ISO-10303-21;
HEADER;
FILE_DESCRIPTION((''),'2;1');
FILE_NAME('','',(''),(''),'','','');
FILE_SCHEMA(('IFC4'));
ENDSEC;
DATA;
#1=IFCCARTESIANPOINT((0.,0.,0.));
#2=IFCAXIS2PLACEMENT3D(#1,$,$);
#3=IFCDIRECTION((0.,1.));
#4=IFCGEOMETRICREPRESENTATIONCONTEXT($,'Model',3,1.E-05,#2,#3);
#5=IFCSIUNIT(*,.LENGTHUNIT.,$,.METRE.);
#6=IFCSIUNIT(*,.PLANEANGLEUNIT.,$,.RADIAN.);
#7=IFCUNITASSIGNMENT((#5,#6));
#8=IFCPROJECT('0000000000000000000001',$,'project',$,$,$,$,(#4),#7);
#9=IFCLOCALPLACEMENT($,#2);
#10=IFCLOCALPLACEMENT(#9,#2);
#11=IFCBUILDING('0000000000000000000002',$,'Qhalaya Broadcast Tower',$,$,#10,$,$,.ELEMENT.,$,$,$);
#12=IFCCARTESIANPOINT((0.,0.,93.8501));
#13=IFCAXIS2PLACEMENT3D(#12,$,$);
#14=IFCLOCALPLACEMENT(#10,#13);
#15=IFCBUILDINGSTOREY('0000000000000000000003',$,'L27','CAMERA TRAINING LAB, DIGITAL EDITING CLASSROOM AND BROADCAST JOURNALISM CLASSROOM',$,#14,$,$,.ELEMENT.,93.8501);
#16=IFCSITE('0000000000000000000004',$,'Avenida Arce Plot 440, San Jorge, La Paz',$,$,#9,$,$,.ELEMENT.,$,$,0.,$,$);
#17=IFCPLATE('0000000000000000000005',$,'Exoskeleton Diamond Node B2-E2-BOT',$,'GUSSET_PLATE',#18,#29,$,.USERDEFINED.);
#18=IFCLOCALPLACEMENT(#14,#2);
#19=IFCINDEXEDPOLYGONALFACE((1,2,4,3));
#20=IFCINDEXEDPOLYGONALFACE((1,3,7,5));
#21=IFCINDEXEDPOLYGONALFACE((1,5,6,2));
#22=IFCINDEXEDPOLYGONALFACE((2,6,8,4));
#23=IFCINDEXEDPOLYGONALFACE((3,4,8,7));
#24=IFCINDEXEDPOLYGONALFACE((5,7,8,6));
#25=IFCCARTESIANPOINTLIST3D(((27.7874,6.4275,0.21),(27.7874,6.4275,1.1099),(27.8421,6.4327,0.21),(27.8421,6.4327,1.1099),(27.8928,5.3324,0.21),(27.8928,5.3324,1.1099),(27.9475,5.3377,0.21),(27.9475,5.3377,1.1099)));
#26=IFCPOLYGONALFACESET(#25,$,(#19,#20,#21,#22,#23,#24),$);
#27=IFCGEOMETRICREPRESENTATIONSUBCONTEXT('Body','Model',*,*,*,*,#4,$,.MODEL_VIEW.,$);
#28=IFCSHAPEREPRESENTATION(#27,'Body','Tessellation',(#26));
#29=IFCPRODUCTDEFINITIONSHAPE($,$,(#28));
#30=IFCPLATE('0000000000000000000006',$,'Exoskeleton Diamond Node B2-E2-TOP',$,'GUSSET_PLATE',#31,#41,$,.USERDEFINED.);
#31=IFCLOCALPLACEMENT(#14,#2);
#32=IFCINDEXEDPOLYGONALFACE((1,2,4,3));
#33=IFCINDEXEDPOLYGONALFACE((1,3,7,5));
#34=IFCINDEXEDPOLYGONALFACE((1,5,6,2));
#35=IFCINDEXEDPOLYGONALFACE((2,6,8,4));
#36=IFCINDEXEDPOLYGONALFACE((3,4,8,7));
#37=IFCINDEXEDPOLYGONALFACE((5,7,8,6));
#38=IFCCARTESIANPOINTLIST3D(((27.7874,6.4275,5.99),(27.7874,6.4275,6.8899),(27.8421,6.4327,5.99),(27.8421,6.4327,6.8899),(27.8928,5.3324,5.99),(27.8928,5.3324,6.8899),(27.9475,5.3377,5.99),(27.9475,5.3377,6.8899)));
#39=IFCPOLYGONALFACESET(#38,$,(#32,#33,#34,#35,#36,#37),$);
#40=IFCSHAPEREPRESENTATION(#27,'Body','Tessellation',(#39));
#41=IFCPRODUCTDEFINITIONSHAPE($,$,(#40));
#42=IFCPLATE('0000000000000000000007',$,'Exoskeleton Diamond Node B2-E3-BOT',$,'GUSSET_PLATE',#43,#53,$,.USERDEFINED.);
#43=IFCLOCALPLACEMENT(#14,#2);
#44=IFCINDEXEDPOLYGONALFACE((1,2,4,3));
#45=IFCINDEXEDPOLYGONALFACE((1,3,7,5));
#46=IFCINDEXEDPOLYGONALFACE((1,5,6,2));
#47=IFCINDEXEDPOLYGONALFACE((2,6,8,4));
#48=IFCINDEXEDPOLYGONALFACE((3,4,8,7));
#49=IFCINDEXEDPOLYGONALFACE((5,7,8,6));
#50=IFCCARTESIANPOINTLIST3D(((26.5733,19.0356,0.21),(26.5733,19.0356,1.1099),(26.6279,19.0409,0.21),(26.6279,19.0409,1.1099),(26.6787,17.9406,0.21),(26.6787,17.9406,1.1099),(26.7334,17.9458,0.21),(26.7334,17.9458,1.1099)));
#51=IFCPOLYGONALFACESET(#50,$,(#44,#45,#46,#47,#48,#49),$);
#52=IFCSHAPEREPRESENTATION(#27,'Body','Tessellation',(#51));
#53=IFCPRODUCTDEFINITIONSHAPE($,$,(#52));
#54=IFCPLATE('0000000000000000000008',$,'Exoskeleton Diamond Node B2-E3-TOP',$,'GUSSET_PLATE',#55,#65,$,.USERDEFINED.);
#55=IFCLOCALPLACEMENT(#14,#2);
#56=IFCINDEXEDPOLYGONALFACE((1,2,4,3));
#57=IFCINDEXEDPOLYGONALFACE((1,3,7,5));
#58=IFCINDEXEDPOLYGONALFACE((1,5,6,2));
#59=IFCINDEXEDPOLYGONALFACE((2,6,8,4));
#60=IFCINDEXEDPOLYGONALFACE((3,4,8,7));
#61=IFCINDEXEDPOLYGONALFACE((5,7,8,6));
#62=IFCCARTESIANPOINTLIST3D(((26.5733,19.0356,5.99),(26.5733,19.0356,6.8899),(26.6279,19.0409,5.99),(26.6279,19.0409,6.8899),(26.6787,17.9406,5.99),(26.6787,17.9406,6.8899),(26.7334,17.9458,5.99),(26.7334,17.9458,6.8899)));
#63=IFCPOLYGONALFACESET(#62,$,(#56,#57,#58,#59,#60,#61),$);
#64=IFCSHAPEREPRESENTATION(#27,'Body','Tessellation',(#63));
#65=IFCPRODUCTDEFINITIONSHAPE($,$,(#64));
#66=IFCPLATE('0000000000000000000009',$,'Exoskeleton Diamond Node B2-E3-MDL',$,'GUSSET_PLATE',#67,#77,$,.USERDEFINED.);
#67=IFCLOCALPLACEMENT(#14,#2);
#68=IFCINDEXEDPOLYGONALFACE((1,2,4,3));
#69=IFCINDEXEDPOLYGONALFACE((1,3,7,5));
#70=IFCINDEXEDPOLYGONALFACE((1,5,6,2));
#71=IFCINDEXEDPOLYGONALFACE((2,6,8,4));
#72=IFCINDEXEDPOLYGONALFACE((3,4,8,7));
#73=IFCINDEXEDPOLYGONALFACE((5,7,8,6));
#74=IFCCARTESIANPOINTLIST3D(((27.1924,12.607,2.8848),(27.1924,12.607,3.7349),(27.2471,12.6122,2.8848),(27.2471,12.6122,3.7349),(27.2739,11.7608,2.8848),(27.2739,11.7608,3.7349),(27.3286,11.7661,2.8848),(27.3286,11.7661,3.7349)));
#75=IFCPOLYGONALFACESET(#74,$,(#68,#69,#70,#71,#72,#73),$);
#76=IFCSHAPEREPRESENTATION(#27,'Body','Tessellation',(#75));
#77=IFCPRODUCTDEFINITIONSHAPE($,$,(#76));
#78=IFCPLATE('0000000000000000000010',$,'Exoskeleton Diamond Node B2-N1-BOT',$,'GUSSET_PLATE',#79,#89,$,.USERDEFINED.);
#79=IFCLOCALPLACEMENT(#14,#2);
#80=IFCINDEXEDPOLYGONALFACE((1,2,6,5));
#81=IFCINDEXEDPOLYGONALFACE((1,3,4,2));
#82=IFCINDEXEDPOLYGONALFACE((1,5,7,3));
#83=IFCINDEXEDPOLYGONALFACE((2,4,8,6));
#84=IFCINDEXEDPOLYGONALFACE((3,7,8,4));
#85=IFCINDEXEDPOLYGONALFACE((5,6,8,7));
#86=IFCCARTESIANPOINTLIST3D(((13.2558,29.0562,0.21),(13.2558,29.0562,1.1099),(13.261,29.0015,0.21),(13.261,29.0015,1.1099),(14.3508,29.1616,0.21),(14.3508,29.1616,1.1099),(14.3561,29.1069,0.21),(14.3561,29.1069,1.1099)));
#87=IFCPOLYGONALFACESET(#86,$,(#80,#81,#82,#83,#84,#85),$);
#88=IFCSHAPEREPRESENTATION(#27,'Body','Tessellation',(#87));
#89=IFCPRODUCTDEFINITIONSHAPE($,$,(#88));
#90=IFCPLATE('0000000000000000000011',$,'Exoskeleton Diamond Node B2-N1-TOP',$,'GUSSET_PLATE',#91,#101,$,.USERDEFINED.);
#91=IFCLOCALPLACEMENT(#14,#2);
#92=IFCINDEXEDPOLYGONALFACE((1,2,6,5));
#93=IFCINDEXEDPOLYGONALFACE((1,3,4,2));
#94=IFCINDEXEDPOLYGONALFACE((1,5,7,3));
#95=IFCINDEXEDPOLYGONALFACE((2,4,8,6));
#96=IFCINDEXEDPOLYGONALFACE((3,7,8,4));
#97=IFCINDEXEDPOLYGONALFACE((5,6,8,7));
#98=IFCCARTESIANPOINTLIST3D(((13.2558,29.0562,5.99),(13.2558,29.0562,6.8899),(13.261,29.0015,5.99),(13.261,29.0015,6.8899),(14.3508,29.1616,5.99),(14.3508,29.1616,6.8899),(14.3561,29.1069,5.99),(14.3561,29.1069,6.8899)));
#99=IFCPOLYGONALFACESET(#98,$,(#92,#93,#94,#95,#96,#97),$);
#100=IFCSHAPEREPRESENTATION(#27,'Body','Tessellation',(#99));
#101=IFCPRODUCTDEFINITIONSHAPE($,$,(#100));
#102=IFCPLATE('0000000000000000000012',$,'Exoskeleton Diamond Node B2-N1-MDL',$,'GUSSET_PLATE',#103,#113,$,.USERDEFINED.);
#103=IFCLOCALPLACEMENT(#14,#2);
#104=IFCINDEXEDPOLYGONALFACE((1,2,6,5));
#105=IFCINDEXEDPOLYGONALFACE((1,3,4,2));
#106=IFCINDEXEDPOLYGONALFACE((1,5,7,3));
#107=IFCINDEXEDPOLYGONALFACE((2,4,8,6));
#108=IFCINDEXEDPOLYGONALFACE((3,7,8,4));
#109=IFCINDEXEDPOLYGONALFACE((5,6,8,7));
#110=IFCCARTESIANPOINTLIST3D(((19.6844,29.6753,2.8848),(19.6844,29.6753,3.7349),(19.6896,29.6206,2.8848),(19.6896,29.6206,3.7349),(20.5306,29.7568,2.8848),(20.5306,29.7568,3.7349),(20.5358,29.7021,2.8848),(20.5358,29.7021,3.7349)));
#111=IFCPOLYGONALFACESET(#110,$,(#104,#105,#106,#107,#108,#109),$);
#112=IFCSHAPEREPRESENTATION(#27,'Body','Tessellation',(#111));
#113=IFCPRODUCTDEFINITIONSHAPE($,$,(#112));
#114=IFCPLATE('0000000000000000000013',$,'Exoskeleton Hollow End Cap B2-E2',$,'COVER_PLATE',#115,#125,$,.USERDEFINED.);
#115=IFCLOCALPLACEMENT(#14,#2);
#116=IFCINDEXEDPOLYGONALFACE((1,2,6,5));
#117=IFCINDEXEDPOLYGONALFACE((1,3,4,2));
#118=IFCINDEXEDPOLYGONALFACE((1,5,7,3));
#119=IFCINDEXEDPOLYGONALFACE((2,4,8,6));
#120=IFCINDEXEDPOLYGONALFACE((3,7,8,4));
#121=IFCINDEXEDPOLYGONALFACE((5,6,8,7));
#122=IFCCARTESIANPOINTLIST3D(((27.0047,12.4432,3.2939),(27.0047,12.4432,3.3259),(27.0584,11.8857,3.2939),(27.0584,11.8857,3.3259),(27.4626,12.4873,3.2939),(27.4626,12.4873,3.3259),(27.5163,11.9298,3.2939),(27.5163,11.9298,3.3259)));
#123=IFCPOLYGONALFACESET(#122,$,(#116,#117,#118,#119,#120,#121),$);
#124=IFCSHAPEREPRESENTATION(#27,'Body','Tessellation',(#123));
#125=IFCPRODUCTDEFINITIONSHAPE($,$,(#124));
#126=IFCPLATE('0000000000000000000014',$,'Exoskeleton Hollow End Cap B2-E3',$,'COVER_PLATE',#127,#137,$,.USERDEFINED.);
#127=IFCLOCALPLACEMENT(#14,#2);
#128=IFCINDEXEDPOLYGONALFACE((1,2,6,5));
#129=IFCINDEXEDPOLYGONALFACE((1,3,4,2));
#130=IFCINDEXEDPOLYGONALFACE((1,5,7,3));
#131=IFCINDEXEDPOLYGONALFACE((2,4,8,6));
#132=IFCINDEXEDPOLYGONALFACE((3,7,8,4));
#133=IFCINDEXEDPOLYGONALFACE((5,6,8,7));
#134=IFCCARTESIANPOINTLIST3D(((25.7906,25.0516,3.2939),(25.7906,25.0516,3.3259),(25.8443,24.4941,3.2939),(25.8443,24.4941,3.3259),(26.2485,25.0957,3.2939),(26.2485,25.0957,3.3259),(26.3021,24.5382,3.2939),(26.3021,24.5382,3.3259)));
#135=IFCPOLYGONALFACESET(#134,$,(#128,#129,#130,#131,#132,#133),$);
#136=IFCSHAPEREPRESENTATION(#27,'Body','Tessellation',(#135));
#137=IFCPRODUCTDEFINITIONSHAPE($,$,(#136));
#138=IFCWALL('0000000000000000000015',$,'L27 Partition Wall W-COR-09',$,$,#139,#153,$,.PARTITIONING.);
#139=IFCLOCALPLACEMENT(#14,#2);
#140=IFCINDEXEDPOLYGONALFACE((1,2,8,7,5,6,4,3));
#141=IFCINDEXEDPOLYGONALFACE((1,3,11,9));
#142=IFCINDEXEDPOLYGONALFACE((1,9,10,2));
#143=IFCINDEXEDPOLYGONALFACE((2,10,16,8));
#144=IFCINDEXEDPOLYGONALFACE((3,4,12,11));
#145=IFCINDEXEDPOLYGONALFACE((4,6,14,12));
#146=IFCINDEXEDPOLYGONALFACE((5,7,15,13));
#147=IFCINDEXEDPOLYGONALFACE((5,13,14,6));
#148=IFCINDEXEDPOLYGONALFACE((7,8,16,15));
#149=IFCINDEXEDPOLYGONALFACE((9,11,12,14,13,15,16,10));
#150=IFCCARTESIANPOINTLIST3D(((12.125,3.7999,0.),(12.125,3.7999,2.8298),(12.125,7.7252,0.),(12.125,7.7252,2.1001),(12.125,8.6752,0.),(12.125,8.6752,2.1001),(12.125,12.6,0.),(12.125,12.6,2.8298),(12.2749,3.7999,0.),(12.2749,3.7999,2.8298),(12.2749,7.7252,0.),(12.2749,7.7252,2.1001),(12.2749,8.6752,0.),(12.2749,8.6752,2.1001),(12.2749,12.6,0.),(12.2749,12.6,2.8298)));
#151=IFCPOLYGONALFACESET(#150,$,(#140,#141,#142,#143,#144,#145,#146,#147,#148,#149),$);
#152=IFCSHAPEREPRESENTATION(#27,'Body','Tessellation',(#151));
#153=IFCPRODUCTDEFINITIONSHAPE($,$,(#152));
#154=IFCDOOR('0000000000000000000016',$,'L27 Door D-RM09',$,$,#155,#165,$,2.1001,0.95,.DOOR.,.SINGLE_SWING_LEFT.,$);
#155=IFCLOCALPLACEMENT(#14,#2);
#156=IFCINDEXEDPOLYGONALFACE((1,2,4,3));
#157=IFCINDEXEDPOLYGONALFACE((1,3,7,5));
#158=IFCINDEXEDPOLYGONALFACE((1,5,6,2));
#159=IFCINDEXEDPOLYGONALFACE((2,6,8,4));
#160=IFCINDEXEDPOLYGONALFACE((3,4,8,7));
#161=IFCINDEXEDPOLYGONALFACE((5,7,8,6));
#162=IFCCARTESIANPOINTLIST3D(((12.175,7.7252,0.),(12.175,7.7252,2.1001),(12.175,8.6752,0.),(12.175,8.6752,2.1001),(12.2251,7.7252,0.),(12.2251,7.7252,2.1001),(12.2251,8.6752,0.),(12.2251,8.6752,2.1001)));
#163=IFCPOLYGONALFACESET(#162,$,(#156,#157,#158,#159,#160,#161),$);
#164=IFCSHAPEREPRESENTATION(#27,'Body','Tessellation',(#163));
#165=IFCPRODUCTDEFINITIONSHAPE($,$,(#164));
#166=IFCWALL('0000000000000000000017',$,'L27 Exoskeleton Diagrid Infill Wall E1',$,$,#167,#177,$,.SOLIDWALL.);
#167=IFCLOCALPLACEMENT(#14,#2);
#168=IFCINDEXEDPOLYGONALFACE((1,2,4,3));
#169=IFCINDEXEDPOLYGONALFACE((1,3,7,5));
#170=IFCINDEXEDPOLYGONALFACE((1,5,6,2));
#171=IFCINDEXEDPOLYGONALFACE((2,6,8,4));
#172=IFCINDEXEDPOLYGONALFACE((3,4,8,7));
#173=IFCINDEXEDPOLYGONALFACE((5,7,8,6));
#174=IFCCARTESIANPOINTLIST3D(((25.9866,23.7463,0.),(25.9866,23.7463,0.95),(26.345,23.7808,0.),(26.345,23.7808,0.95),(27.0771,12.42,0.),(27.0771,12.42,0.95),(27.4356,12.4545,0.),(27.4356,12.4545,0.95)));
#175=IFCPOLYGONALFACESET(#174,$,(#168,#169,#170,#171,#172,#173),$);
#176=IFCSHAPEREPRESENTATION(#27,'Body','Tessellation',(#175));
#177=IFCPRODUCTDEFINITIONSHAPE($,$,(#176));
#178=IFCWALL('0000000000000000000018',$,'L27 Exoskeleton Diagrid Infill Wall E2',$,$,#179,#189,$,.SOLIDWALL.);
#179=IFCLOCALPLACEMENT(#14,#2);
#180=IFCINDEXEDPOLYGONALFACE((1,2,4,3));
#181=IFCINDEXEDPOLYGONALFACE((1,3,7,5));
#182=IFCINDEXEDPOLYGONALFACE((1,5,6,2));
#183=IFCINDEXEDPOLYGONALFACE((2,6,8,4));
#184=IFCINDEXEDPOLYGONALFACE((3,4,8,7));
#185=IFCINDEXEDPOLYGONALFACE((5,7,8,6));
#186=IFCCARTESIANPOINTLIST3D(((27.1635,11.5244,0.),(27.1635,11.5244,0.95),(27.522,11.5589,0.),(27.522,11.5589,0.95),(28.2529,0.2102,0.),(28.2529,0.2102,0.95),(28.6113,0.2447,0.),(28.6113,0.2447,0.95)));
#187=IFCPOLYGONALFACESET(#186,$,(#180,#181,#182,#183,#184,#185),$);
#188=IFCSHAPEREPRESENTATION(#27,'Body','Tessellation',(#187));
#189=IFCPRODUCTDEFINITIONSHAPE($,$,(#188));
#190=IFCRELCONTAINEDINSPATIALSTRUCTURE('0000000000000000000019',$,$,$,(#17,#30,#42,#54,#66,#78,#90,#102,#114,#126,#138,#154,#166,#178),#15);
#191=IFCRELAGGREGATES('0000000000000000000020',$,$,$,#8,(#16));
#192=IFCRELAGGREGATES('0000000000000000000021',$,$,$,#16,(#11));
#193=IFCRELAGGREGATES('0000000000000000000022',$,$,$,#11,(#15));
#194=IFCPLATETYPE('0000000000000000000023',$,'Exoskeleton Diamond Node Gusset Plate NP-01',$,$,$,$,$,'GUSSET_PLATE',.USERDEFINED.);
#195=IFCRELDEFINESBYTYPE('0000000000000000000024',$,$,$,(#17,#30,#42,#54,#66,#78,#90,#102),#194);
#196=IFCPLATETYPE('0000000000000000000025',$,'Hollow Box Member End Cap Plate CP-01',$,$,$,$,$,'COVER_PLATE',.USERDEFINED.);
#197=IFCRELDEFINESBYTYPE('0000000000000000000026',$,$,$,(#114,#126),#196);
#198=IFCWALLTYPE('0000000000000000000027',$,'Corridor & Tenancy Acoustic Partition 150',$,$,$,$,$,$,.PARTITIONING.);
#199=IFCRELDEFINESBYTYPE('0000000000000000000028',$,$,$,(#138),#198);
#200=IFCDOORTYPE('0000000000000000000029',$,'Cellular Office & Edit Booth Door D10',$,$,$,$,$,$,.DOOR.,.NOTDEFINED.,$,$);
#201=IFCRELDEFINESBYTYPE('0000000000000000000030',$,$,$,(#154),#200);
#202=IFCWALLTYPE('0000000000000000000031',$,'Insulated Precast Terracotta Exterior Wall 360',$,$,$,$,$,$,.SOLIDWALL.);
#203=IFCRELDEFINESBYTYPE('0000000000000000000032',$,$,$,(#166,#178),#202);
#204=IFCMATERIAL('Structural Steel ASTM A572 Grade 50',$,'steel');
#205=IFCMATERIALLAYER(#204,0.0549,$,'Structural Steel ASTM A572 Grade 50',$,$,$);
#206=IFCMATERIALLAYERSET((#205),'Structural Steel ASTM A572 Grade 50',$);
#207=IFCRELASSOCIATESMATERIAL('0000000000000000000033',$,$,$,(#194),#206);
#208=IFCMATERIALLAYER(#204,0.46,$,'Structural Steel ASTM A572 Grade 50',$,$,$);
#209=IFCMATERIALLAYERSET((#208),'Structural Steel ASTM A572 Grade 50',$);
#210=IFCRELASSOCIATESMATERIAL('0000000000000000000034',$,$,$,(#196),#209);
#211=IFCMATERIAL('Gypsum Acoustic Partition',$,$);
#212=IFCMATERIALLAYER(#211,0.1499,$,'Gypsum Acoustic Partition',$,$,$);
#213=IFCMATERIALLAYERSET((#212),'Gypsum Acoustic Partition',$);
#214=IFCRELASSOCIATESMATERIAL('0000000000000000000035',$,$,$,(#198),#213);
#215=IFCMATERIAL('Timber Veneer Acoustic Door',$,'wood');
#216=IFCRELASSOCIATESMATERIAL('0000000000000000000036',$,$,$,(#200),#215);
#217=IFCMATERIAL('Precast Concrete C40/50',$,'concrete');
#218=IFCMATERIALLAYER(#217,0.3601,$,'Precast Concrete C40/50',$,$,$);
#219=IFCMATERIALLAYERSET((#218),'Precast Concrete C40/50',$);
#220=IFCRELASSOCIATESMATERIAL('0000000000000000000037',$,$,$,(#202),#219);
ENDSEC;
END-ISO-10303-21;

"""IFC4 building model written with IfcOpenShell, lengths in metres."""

from ifc_helpers import new_model, si_unit, direction, frame, frame_2d, origin, origin_2d, place, context, subcontext, project, spatial, rectangle, extrude, material, layer, layer_set, type_object, element, fill, save


model = new_model("IFC4")

# Units and contexts
model_context = context("Model", 3, precision=1e-05, world=origin(), true_north=direction((0.0, 1.0)))
body_context = subcontext(model_context, "Body", "Model", "MODEL_VIEW")
ifc_project = project(units=[si_unit("LENGTHUNIT", "METRE"), si_unit("PLANEANGLEUNIT", "RADIAN")], contexts=[model_context])

# Site, building, storey
site_placement = place(None, origin())
site = spatial("IfcSite", under=ifc_project, at=site_placement, Name="Avenida Arce Plot 440, San Jorge, La Paz", CompositionType="ELEMENT", RefElevation=0.0)
building_placement = place(site_placement, origin())
building = spatial("IfcBuilding", under=site, at=building_placement, Name="Qhalaya Broadcast Tower", CompositionType="ELEMENT")
storey_placement = place(building_placement, frame((0.0, 0.0, 93.8501)))
storey = spatial("IfcBuildingStorey", under=building, at=storey_placement, Name="L27", Description="CAMERA TRAINING LAB, DIGITAL EDITING CLASSROOM AND BROADCAST JOURNALISM CLASSROOM", CompositionType="ELEMENT", Elevation=93.8501)

# Shared definitions
ifc_material_1 = material(Name="Structural Steel ASTM A572 Grade 50", Category="steel")

# Plates
ifc_layer_1 = layer(ifc_material_1, 0.0549, Name="Structural Steel ASTM A572 Grade 50")
ifc_layer_set_1 = layer_set([ifc_layer_1], Name="Structural Steel ASTM A572 Grade 50")
plate_type_1 = type_object("IfcPlateType", Name="Exoskeleton Diamond Node Gusset Plate NP-01", ElementType="GUSSET_PLATE", PredefinedType="USERDEFINED", material=ifc_layer_set_1)
for number, where, z_axis, x_axis, name in (
    (1, (27.8674, 5.8826, 0.21), (0.0, 0.0, 1.0), (-0.095846, 0.995396, 0.0), "Exoskeleton Diamond Node B2-E2-BOT"),
    (2, (27.8674, 5.8826, 5.99), (0.0, 0.0, 1.0), (-0.095846, 0.995396, 0.0), "Exoskeleton Diamond Node B2-E2-TOP"),
    (3, (26.6533, 18.4907, 0.21), (0.0, 0.0, 1.0), (-0.095846, 0.995396, 0.0), "Exoskeleton Diamond Node B2-E3-BOT"),
    (4, (26.6533, 18.4907, 5.99), (0.0, 0.0, 1.0), (-0.095846, 0.995396, 0.0), "Exoskeleton Diamond Node B2-E3-TOP"),
):
    element("IfcPlate", number, at=place(storey_placement, frame(where, z_axis=z_axis, x_axis=x_axis)), inside=storey, type_object=plate_type_1, Name=name, ObjectType="GUSSET_PLATE", PredefinedType="USERDEFINED", context=body_context, shape_type="SweptSolid", body=[
        extrude(rectangle(XDim=1.1001, YDim=0.0549, at=origin_2d()), origin(), (0.0, 0.0, 1.0), 0.8999),
    ])
plate_1_placement = place(storey_placement, frame((27.2605, 12.1865, 2.8848), z_axis=(0.0, 0.0, 1.0), x_axis=(-0.095846, 0.995396, 0.0)))
element("IfcPlate", 5, at=plate_1_placement, inside=storey, type_object=plate_type_1, Name="Exoskeleton Diamond Node B2-E3-MDL", ObjectType="GUSSET_PLATE", PredefinedType="USERDEFINED", context=body_context, shape_type="SweptSolid", body=[
    extrude(rectangle(XDim=0.8501, YDim=0.0549, at=origin_2d()), origin(), (0.0, 0.0, 1.0), 0.8501),
])
for number, where, z_axis, x_axis, name in (
    (6, (13.8059, 29.0815, 0.21), (0.0, 0.0, 1.0), (0.995396, 0.095846, 0.0), "Exoskeleton Diamond Node B2-N1-BOT"),
    (7, (13.8059, 29.0815, 5.99), (0.0, 0.0, 1.0), (0.995396, 0.095846, 0.0), "Exoskeleton Diamond Node B2-N1-TOP"),
):
    element("IfcPlate", number, at=place(storey_placement, frame(where, z_axis=z_axis, x_axis=x_axis)), inside=storey, type_object=plate_type_1, Name=name, ObjectType="GUSSET_PLATE", PredefinedType="USERDEFINED", context=body_context, shape_type="SweptSolid", body=[
        extrude(rectangle(XDim=1.1001, YDim=0.0549, at=origin_2d()), origin(), (0.0, 0.0, 1.0), 0.8999),
    ])
plate_2_placement = place(storey_placement, frame((20.1101, 29.6887, 2.8848), z_axis=(0.0, 0.0, 1.0), x_axis=(0.995396, 0.095846, 0.0)))
element("IfcPlate", 8, at=plate_2_placement, inside=storey, type_object=plate_type_1, Name="Exoskeleton Diamond Node B2-N1-MDL", ObjectType="GUSSET_PLATE", PredefinedType="USERDEFINED", context=body_context, shape_type="SweptSolid", body=[
    extrude(rectangle(XDim=0.8501, YDim=0.0549, at=origin_2d()), origin(), (0.0, 0.0, 1.0), 0.8501),
])
ifc_layer_2 = layer(ifc_material_1, 0.46, Name="Structural Steel ASTM A572 Grade 50")
ifc_layer_set_2 = layer_set([ifc_layer_2], Name="Structural Steel ASTM A572 Grade 50")
plate_type_2 = type_object("IfcPlateType", Name="Hollow Box Member End Cap Plate CP-01", ElementType="COVER_PLATE", PredefinedType="USERDEFINED", material=ifc_layer_set_2)
for number, where, z_axis, x_axis, name in (
    (9, (27.2605, 12.1865, 3.2939), (0.0, 0.0, 1.0), (-0.095846, 0.995396, 0.0), "Exoskeleton Hollow End Cap B2-E2"),
    (10, (26.0464, 24.7949, 3.2939), (0.0, 0.0, 1.0), (-0.095846, 0.995396, 0.0), "Exoskeleton Hollow End Cap B2-E3"),
):
    element("IfcPlate", number, at=place(storey_placement, frame(where, z_axis=z_axis, x_axis=x_axis)), inside=storey, type_object=plate_type_2, Name=name, ObjectType="COVER_PLATE", PredefinedType="USERDEFINED", context=body_context, shape_type="SweptSolid", body=[
        extrude(rectangle(XDim=0.5601, YDim=0.46, at=origin_2d()), origin(), (0.0, 0.0, 1.0), 0.032),
    ])

# Wall, opening, door
ifc_material_2 = material(Name="Gypsum Acoustic Partition")
ifc_layer_3 = layer(ifc_material_2, 0.1499, Name="Gypsum Acoustic Partition")
ifc_layer_set_3 = layer_set([ifc_layer_3], Name="Gypsum Acoustic Partition")
wall_type_1 = type_object("IfcWallType", Name="Corridor & Tenancy Acoustic Partition 150", PredefinedType="PARTITIONING", material=ifc_layer_set_3)
wall_1_placement = place(storey_placement, frame((12.2, 3.8, 0.0), z_axis=(0.0, 0.0, 1.0), x_axis=(0.0, 1.0, 0.0)))
wall_1 = element("IfcWall", 11, at=wall_1_placement, inside=storey, type_object=wall_type_1, Name="L27 Partition Wall W-COR-09", PredefinedType="PARTITIONING", context=body_context, shape_type="SweptSolid", body=[
    extrude(rectangle(XDim=8.8, YDim=0.1499, at=frame_2d((4.3999, 0.0))), origin(), (0.0, 0.0, 1.0), 2.8298),
])
opening_placement = place(wall_1_placement, frame((3.925, 0.0, 0.0)))
opening = element("IfcOpeningElement", 12, at=opening_placement, cuts=wall_1, PredefinedType="OPENING", context=body_context, shape_type="SweptSolid", body=[
    extrude(rectangle(XDim=0.95, YDim=2.1001, at=frame_2d((0.4751, 1.05))), frame((0.0, 0.0869, 0.0), z_axis=(0.0, -1.0, 0.0), x_axis=(1.0, 0.0, 0.0)), (0.0, 0.0, 1.0), 0.1738),
])
ifc_material_3 = material(Name="Timber Veneer Acoustic Door", Category="wood")
door_type = type_object("IfcDoorType", Name="Cellular Office & Edit Booth Door D10", OperationType="NOTDEFINED", PredefinedType="DOOR", material=ifc_material_3)
door_placement = place(opening_placement, origin())
door = element("IfcDoor", 13, at=door_placement, inside=storey, type_object=door_type, Name="L27 Door D-RM09", OperationType="SINGLE_SWING_LEFT", OverallHeight=2.1001, OverallWidth=0.95, PredefinedType="DOOR", context=body_context, shape_type="SweptSolid", body=[
    extrude(rectangle(XDim=0.95, YDim=2.1001, at=frame_2d((0.4751, 1.05))), frame((0.0, 0.0249, 0.0), z_axis=(0.0, -1.0, 0.0), x_axis=(1.0, 0.0, 0.0)), (0.0, 0.0, 1.0), 0.05),
])
fill(opening, door)

# Walls
ifc_material_4 = material(Name="Precast Concrete C40/50", Category="concrete")
ifc_layer_4 = layer(ifc_material_4, 0.3601, Name="Precast Concrete C40/50")
ifc_layer_set_4 = layer_set([ifc_layer_4], Name="Precast Concrete C40/50")
wall_type_2 = type_object("IfcWallType", Name="Insulated Precast Terracotta Exterior Wall 360", PredefinedType="SOLIDWALL", material=ifc_layer_set_4)
wall_2_placement = place(storey_placement, frame((26.1658, 23.7637, 0.0), z_axis=(0.0, 0.0, 1.0), x_axis=(0.095845, -0.995396, 0.0)))
element("IfcWall", 14, at=wall_2_placement, inside=storey, type_object=wall_type_2, Name="L27 Exoskeleton Diagrid Infill Wall E1", PredefinedType="SOLIDWALL", context=body_context, shape_type="SweptSolid", body=[
    extrude(rectangle(XDim=11.3787, YDim=0.3601, at=frame_2d((5.6895, 0.0))), origin(), (0.0, 0.0, 1.0), 0.95),
])
wall_3_placement = place(storey_placement, frame((27.3428, 11.5415, 0.0), z_axis=(0.0, 0.0, 1.0), x_axis=(0.095839, -0.995397, 0.0)))
element("IfcWall", 15, at=wall_3_placement, inside=storey, type_object=wall_type_2, Name="L27 Exoskeleton Diagrid Infill Wall E2", PredefinedType="SOLIDWALL", context=body_context, shape_type="SweptSolid", body=[
    extrude(rectangle(XDim=11.3665, YDim=0.3601, at=frame_2d((5.6831, 0.0))), origin(), (0.0, 0.0, 1.0), 0.95),
])

save(model, "model.ifc")
